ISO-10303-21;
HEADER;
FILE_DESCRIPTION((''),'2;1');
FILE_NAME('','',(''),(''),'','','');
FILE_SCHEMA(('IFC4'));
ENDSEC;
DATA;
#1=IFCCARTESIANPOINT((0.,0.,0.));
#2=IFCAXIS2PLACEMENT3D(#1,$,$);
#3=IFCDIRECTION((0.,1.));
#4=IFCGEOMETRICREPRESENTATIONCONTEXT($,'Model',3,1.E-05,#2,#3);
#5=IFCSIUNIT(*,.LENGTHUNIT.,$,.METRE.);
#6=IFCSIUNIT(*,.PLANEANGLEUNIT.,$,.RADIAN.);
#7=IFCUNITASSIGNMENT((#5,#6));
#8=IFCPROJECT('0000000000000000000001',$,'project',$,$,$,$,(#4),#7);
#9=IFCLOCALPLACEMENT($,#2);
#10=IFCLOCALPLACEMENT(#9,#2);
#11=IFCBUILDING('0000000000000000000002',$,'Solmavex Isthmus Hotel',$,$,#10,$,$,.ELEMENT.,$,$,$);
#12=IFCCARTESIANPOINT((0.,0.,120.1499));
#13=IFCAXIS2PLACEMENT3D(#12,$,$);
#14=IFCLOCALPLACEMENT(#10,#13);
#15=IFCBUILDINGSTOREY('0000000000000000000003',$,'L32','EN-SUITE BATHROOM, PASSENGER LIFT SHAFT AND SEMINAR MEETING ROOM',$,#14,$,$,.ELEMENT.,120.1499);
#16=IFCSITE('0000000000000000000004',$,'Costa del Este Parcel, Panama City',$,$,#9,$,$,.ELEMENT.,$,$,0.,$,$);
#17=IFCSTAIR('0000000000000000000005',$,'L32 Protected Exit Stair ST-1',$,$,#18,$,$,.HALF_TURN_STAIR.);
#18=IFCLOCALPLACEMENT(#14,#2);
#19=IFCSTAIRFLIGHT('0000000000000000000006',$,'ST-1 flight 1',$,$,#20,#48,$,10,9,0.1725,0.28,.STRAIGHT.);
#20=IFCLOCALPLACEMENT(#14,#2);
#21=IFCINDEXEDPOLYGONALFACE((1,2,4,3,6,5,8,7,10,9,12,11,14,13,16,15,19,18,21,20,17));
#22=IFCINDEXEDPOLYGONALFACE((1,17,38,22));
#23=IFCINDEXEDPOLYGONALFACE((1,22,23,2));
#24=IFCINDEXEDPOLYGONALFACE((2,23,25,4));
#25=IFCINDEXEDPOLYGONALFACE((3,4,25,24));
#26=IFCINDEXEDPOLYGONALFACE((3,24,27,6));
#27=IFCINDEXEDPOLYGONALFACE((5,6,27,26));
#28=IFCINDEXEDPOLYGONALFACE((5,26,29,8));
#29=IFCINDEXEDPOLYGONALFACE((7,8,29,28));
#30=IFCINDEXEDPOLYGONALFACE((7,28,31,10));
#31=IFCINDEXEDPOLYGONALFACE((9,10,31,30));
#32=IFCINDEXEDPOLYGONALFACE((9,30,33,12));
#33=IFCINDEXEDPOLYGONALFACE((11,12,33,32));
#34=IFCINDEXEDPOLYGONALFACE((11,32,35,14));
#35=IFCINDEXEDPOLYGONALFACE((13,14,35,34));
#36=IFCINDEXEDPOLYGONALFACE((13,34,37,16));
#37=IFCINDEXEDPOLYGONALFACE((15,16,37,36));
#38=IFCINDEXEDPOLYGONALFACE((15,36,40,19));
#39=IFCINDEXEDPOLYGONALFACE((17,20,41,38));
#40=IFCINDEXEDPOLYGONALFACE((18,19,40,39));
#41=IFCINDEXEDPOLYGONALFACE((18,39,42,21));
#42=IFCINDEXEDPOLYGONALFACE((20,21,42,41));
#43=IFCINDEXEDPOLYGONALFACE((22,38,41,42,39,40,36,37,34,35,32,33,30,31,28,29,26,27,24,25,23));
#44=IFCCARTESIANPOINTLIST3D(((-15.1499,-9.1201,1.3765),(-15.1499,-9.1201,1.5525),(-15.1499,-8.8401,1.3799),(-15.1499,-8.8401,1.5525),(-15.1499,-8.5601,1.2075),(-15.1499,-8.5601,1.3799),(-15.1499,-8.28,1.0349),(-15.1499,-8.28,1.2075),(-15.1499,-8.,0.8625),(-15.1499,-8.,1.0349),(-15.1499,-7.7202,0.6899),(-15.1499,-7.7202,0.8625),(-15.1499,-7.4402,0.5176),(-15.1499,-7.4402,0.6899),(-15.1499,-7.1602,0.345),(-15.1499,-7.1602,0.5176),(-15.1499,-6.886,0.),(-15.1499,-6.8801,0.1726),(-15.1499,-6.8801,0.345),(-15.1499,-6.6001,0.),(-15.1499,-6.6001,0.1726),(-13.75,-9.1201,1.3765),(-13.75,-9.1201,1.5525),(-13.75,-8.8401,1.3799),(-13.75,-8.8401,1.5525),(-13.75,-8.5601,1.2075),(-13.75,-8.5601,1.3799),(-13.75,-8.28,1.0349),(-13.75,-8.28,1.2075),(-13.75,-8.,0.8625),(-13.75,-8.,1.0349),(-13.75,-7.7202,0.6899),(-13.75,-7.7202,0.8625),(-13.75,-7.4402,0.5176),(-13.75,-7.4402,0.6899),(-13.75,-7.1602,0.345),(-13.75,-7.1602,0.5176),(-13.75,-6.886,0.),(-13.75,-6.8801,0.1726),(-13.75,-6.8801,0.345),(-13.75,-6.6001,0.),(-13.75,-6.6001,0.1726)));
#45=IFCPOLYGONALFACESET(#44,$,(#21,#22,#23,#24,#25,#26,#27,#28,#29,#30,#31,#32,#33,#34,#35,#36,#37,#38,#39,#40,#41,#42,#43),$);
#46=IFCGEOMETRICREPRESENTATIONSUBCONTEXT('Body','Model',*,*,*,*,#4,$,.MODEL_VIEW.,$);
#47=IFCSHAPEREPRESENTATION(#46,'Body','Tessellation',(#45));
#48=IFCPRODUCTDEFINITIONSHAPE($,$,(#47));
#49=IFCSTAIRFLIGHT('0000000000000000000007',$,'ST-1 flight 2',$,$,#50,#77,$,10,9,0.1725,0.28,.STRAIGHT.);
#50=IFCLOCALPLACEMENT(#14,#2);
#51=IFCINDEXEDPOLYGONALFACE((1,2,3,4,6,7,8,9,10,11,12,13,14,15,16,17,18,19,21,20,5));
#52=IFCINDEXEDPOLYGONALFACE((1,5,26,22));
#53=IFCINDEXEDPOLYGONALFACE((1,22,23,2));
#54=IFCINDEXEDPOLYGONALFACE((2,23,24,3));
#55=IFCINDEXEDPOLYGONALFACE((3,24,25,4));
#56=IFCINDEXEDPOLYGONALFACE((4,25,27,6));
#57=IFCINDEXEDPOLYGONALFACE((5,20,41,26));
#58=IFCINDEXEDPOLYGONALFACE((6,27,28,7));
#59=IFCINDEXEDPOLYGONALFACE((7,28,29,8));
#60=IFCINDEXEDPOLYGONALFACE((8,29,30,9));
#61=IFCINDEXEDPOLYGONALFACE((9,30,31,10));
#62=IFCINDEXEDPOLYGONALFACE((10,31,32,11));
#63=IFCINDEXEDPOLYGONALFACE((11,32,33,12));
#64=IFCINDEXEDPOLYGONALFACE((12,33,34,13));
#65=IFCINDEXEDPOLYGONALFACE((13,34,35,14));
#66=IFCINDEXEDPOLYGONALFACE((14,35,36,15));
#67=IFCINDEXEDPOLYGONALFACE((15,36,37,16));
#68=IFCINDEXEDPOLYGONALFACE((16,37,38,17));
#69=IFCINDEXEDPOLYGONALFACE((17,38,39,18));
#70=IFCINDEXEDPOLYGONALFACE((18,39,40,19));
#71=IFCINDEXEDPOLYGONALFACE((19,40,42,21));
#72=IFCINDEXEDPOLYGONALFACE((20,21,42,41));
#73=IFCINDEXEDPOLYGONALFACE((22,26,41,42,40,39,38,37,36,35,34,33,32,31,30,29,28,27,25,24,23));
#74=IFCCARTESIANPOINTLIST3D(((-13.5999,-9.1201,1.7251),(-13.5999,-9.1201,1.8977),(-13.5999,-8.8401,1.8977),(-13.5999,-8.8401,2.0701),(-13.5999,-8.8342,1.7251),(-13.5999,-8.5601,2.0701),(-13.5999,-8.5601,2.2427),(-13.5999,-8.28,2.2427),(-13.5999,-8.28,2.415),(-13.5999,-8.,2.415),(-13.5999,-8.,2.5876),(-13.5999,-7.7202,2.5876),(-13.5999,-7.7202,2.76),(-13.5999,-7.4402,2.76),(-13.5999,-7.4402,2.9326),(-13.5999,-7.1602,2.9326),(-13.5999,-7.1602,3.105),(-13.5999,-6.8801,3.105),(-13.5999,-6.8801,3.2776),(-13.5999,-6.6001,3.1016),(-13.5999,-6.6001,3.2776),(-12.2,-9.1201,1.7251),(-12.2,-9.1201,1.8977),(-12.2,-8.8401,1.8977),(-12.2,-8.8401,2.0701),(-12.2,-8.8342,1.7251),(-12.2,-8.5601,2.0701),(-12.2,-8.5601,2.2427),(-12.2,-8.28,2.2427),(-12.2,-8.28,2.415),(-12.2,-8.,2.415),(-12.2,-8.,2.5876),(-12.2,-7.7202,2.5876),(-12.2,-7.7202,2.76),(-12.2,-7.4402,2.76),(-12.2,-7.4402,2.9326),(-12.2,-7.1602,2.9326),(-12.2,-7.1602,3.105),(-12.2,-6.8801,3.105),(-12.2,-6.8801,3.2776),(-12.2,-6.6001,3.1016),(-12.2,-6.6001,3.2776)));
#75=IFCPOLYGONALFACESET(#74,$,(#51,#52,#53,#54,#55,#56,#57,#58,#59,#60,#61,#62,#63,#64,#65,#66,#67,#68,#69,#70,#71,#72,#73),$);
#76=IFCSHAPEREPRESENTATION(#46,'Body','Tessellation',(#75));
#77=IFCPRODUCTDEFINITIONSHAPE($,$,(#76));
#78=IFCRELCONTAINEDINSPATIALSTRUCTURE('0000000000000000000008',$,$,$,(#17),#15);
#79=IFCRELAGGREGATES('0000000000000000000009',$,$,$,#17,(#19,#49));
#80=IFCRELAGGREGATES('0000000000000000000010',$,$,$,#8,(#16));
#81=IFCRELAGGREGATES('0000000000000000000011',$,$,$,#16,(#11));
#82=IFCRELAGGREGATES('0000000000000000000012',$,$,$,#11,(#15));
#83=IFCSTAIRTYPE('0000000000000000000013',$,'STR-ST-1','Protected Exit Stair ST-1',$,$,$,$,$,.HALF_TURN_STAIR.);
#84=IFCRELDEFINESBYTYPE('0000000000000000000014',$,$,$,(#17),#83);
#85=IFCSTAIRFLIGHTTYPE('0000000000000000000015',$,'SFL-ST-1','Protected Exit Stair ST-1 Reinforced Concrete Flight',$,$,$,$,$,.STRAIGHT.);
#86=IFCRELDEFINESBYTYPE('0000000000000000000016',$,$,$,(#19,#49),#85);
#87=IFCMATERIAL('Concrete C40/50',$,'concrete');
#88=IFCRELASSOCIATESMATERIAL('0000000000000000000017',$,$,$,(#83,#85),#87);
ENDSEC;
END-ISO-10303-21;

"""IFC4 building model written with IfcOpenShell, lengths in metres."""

from ifc_helpers import new_model, si_unit, direction, frame, origin, place, context, subcontext, project, spatial, polyline, outline, extrude, material, type_object, element, aggregate, save


model = new_model("IFC4")

# Units and contexts
model_context = context("Model", 3, precision=1e-05, world=origin(), true_north=direction((0.0, 1.0)))
body_context = subcontext(model_context, "Body", "Model", "MODEL_VIEW")
ifc_project = project(units=[si_unit("LENGTHUNIT", "METRE"), si_unit("PLANEANGLEUNIT", "RADIAN")], contexts=[model_context])

# Site, building, storey
site_placement = place(None, origin())
site = spatial("IfcSite", under=ifc_project, at=site_placement, Name="Costa del Este Parcel, Panama City", CompositionType="ELEMENT", RefElevation=0.0)
building_placement = place(site_placement, origin())
building = spatial("IfcBuilding", under=site, at=building_placement, Name="Solmavex Isthmus Hotel", CompositionType="ELEMENT")
storey_placement = place(building_placement, frame((0.0, 0.0, 120.1499)))
storey = spatial("IfcBuildingStorey", under=building, at=storey_placement, Name="L32", Description="EN-SUITE BATHROOM, PASSENGER LIFT SHAFT AND SEMINAR MEETING ROOM", CompositionType="ELEMENT", Elevation=120.1499)

# Shared definitions
ifc_material_1 = material(Name="Concrete C40/50", Category="concrete")

# Stair, stair flights
stair_type = type_object("IfcStairType", Name="STR-ST-1", Description="Protected Exit Stair ST-1", PredefinedType="HALF_TURN_STAIR", material=ifc_material_1)
stair_placement = place(storey_placement, origin())
stair = element("IfcStair", 1, at=stair_placement, inside=storey, type_object=stair_type, Name="L32 Protected Exit Stair ST-1", PredefinedType="HALF_TURN_STAIR")
stair_flight_type = type_object("IfcStairFlightType", Name="SFL-ST-1", Description="Protected Exit Stair ST-1 Reinforced Concrete Flight", PredefinedType="STRAIGHT", material=ifc_material_1)
stair_flight_1_placement = place(storey_placement, frame((-14.45, -6.6001, 0.0), z_axis=(0.0, 0.0, 1.0), x_axis=(0.0, -1.0, 0.0)))
stair_flight_1 = element("IfcStairFlight", 2, at=stair_flight_1_placement, type_object=stair_flight_type, Name="ST-1 flight 1", NumberOfRisers=10, NumberOfTreads=9, PredefinedType="STRAIGHT", RiserHeight=0.1725, TreadLength=0.28, context=body_context, shape_type="SweptSolid", body=[
    extrude(outline(polyline([(0.0, 0.0), (0.0, 0.1726), (0.28, 0.1726), (0.28, 0.345), (0.5601, 0.345), (0.5601, 0.5176), (0.8401, 0.5176), (0.8401, 0.6899), (1.1201, 0.6899), (1.1201, 0.8625), (1.3999, 0.8625), (1.3999, 1.0349), (1.6799, 1.0349), (1.6799, 1.2075), (1.96, 1.2075), (1.96, 1.3799), (2.24, 1.3799), (2.24, 1.5525), (2.52, 1.5525), (2.52, 1.7251), (2.52, 1.3765), (0.2859, 0.0), (0.0, 0.0)])), frame((0.0, 0.7, 0.0), z_axis=(0.0, -1.0, 0.0), x_axis=(1.0, 0.0, 0.0)), (0.0, 0.0, 1.0), 1.3999),
])
stair_flight_2_placement = place(storey_placement, frame((-12.8999, -9.1201, 1.7251), z_axis=(0.0, 0.0, 1.0), x_axis=(0.0, 1.0, 0.0)))
stair_flight_2 = element("IfcStairFlight", 3, at=stair_flight_2_placement, type_object=stair_flight_type, Name="ST-1 flight 2", NumberOfRisers=10, NumberOfTreads=9, PredefinedType="STRAIGHT", RiserHeight=0.1725, TreadLength=0.28, context=body_context, shape_type="SweptSolid", body=[
    extrude(outline(polyline([(0.0, 0.0), (0.0, 0.1726), (0.28, 0.1726), (0.28, 0.345), (0.5601, 0.345), (0.5601, 0.5176), (0.8401, 0.5176), (0.8401, 0.6899), (1.1201, 0.6899), (1.1201, 0.8625), (1.3999, 0.8625), (1.3999, 1.0349), (1.6799, 1.0349), (1.6799, 1.2075), (1.96, 1.2075), (1.96, 1.3799), (2.24, 1.3799), (2.24, 1.5525), (2.52, 1.5525), (2.52, 1.7251), (2.52, 1.3765), (0.2859, 0.0), (0.0, 0.0)])), frame((0.0, 0.7, 0.0), z_axis=(0.0, -1.0, 0.0), x_axis=(1.0, 0.0, 0.0)), (0.0, 0.0, 1.0), 1.3999),
])
aggregate(stair, [stair_flight_1, stair_flight_2])

save(model, "model.ifc")
